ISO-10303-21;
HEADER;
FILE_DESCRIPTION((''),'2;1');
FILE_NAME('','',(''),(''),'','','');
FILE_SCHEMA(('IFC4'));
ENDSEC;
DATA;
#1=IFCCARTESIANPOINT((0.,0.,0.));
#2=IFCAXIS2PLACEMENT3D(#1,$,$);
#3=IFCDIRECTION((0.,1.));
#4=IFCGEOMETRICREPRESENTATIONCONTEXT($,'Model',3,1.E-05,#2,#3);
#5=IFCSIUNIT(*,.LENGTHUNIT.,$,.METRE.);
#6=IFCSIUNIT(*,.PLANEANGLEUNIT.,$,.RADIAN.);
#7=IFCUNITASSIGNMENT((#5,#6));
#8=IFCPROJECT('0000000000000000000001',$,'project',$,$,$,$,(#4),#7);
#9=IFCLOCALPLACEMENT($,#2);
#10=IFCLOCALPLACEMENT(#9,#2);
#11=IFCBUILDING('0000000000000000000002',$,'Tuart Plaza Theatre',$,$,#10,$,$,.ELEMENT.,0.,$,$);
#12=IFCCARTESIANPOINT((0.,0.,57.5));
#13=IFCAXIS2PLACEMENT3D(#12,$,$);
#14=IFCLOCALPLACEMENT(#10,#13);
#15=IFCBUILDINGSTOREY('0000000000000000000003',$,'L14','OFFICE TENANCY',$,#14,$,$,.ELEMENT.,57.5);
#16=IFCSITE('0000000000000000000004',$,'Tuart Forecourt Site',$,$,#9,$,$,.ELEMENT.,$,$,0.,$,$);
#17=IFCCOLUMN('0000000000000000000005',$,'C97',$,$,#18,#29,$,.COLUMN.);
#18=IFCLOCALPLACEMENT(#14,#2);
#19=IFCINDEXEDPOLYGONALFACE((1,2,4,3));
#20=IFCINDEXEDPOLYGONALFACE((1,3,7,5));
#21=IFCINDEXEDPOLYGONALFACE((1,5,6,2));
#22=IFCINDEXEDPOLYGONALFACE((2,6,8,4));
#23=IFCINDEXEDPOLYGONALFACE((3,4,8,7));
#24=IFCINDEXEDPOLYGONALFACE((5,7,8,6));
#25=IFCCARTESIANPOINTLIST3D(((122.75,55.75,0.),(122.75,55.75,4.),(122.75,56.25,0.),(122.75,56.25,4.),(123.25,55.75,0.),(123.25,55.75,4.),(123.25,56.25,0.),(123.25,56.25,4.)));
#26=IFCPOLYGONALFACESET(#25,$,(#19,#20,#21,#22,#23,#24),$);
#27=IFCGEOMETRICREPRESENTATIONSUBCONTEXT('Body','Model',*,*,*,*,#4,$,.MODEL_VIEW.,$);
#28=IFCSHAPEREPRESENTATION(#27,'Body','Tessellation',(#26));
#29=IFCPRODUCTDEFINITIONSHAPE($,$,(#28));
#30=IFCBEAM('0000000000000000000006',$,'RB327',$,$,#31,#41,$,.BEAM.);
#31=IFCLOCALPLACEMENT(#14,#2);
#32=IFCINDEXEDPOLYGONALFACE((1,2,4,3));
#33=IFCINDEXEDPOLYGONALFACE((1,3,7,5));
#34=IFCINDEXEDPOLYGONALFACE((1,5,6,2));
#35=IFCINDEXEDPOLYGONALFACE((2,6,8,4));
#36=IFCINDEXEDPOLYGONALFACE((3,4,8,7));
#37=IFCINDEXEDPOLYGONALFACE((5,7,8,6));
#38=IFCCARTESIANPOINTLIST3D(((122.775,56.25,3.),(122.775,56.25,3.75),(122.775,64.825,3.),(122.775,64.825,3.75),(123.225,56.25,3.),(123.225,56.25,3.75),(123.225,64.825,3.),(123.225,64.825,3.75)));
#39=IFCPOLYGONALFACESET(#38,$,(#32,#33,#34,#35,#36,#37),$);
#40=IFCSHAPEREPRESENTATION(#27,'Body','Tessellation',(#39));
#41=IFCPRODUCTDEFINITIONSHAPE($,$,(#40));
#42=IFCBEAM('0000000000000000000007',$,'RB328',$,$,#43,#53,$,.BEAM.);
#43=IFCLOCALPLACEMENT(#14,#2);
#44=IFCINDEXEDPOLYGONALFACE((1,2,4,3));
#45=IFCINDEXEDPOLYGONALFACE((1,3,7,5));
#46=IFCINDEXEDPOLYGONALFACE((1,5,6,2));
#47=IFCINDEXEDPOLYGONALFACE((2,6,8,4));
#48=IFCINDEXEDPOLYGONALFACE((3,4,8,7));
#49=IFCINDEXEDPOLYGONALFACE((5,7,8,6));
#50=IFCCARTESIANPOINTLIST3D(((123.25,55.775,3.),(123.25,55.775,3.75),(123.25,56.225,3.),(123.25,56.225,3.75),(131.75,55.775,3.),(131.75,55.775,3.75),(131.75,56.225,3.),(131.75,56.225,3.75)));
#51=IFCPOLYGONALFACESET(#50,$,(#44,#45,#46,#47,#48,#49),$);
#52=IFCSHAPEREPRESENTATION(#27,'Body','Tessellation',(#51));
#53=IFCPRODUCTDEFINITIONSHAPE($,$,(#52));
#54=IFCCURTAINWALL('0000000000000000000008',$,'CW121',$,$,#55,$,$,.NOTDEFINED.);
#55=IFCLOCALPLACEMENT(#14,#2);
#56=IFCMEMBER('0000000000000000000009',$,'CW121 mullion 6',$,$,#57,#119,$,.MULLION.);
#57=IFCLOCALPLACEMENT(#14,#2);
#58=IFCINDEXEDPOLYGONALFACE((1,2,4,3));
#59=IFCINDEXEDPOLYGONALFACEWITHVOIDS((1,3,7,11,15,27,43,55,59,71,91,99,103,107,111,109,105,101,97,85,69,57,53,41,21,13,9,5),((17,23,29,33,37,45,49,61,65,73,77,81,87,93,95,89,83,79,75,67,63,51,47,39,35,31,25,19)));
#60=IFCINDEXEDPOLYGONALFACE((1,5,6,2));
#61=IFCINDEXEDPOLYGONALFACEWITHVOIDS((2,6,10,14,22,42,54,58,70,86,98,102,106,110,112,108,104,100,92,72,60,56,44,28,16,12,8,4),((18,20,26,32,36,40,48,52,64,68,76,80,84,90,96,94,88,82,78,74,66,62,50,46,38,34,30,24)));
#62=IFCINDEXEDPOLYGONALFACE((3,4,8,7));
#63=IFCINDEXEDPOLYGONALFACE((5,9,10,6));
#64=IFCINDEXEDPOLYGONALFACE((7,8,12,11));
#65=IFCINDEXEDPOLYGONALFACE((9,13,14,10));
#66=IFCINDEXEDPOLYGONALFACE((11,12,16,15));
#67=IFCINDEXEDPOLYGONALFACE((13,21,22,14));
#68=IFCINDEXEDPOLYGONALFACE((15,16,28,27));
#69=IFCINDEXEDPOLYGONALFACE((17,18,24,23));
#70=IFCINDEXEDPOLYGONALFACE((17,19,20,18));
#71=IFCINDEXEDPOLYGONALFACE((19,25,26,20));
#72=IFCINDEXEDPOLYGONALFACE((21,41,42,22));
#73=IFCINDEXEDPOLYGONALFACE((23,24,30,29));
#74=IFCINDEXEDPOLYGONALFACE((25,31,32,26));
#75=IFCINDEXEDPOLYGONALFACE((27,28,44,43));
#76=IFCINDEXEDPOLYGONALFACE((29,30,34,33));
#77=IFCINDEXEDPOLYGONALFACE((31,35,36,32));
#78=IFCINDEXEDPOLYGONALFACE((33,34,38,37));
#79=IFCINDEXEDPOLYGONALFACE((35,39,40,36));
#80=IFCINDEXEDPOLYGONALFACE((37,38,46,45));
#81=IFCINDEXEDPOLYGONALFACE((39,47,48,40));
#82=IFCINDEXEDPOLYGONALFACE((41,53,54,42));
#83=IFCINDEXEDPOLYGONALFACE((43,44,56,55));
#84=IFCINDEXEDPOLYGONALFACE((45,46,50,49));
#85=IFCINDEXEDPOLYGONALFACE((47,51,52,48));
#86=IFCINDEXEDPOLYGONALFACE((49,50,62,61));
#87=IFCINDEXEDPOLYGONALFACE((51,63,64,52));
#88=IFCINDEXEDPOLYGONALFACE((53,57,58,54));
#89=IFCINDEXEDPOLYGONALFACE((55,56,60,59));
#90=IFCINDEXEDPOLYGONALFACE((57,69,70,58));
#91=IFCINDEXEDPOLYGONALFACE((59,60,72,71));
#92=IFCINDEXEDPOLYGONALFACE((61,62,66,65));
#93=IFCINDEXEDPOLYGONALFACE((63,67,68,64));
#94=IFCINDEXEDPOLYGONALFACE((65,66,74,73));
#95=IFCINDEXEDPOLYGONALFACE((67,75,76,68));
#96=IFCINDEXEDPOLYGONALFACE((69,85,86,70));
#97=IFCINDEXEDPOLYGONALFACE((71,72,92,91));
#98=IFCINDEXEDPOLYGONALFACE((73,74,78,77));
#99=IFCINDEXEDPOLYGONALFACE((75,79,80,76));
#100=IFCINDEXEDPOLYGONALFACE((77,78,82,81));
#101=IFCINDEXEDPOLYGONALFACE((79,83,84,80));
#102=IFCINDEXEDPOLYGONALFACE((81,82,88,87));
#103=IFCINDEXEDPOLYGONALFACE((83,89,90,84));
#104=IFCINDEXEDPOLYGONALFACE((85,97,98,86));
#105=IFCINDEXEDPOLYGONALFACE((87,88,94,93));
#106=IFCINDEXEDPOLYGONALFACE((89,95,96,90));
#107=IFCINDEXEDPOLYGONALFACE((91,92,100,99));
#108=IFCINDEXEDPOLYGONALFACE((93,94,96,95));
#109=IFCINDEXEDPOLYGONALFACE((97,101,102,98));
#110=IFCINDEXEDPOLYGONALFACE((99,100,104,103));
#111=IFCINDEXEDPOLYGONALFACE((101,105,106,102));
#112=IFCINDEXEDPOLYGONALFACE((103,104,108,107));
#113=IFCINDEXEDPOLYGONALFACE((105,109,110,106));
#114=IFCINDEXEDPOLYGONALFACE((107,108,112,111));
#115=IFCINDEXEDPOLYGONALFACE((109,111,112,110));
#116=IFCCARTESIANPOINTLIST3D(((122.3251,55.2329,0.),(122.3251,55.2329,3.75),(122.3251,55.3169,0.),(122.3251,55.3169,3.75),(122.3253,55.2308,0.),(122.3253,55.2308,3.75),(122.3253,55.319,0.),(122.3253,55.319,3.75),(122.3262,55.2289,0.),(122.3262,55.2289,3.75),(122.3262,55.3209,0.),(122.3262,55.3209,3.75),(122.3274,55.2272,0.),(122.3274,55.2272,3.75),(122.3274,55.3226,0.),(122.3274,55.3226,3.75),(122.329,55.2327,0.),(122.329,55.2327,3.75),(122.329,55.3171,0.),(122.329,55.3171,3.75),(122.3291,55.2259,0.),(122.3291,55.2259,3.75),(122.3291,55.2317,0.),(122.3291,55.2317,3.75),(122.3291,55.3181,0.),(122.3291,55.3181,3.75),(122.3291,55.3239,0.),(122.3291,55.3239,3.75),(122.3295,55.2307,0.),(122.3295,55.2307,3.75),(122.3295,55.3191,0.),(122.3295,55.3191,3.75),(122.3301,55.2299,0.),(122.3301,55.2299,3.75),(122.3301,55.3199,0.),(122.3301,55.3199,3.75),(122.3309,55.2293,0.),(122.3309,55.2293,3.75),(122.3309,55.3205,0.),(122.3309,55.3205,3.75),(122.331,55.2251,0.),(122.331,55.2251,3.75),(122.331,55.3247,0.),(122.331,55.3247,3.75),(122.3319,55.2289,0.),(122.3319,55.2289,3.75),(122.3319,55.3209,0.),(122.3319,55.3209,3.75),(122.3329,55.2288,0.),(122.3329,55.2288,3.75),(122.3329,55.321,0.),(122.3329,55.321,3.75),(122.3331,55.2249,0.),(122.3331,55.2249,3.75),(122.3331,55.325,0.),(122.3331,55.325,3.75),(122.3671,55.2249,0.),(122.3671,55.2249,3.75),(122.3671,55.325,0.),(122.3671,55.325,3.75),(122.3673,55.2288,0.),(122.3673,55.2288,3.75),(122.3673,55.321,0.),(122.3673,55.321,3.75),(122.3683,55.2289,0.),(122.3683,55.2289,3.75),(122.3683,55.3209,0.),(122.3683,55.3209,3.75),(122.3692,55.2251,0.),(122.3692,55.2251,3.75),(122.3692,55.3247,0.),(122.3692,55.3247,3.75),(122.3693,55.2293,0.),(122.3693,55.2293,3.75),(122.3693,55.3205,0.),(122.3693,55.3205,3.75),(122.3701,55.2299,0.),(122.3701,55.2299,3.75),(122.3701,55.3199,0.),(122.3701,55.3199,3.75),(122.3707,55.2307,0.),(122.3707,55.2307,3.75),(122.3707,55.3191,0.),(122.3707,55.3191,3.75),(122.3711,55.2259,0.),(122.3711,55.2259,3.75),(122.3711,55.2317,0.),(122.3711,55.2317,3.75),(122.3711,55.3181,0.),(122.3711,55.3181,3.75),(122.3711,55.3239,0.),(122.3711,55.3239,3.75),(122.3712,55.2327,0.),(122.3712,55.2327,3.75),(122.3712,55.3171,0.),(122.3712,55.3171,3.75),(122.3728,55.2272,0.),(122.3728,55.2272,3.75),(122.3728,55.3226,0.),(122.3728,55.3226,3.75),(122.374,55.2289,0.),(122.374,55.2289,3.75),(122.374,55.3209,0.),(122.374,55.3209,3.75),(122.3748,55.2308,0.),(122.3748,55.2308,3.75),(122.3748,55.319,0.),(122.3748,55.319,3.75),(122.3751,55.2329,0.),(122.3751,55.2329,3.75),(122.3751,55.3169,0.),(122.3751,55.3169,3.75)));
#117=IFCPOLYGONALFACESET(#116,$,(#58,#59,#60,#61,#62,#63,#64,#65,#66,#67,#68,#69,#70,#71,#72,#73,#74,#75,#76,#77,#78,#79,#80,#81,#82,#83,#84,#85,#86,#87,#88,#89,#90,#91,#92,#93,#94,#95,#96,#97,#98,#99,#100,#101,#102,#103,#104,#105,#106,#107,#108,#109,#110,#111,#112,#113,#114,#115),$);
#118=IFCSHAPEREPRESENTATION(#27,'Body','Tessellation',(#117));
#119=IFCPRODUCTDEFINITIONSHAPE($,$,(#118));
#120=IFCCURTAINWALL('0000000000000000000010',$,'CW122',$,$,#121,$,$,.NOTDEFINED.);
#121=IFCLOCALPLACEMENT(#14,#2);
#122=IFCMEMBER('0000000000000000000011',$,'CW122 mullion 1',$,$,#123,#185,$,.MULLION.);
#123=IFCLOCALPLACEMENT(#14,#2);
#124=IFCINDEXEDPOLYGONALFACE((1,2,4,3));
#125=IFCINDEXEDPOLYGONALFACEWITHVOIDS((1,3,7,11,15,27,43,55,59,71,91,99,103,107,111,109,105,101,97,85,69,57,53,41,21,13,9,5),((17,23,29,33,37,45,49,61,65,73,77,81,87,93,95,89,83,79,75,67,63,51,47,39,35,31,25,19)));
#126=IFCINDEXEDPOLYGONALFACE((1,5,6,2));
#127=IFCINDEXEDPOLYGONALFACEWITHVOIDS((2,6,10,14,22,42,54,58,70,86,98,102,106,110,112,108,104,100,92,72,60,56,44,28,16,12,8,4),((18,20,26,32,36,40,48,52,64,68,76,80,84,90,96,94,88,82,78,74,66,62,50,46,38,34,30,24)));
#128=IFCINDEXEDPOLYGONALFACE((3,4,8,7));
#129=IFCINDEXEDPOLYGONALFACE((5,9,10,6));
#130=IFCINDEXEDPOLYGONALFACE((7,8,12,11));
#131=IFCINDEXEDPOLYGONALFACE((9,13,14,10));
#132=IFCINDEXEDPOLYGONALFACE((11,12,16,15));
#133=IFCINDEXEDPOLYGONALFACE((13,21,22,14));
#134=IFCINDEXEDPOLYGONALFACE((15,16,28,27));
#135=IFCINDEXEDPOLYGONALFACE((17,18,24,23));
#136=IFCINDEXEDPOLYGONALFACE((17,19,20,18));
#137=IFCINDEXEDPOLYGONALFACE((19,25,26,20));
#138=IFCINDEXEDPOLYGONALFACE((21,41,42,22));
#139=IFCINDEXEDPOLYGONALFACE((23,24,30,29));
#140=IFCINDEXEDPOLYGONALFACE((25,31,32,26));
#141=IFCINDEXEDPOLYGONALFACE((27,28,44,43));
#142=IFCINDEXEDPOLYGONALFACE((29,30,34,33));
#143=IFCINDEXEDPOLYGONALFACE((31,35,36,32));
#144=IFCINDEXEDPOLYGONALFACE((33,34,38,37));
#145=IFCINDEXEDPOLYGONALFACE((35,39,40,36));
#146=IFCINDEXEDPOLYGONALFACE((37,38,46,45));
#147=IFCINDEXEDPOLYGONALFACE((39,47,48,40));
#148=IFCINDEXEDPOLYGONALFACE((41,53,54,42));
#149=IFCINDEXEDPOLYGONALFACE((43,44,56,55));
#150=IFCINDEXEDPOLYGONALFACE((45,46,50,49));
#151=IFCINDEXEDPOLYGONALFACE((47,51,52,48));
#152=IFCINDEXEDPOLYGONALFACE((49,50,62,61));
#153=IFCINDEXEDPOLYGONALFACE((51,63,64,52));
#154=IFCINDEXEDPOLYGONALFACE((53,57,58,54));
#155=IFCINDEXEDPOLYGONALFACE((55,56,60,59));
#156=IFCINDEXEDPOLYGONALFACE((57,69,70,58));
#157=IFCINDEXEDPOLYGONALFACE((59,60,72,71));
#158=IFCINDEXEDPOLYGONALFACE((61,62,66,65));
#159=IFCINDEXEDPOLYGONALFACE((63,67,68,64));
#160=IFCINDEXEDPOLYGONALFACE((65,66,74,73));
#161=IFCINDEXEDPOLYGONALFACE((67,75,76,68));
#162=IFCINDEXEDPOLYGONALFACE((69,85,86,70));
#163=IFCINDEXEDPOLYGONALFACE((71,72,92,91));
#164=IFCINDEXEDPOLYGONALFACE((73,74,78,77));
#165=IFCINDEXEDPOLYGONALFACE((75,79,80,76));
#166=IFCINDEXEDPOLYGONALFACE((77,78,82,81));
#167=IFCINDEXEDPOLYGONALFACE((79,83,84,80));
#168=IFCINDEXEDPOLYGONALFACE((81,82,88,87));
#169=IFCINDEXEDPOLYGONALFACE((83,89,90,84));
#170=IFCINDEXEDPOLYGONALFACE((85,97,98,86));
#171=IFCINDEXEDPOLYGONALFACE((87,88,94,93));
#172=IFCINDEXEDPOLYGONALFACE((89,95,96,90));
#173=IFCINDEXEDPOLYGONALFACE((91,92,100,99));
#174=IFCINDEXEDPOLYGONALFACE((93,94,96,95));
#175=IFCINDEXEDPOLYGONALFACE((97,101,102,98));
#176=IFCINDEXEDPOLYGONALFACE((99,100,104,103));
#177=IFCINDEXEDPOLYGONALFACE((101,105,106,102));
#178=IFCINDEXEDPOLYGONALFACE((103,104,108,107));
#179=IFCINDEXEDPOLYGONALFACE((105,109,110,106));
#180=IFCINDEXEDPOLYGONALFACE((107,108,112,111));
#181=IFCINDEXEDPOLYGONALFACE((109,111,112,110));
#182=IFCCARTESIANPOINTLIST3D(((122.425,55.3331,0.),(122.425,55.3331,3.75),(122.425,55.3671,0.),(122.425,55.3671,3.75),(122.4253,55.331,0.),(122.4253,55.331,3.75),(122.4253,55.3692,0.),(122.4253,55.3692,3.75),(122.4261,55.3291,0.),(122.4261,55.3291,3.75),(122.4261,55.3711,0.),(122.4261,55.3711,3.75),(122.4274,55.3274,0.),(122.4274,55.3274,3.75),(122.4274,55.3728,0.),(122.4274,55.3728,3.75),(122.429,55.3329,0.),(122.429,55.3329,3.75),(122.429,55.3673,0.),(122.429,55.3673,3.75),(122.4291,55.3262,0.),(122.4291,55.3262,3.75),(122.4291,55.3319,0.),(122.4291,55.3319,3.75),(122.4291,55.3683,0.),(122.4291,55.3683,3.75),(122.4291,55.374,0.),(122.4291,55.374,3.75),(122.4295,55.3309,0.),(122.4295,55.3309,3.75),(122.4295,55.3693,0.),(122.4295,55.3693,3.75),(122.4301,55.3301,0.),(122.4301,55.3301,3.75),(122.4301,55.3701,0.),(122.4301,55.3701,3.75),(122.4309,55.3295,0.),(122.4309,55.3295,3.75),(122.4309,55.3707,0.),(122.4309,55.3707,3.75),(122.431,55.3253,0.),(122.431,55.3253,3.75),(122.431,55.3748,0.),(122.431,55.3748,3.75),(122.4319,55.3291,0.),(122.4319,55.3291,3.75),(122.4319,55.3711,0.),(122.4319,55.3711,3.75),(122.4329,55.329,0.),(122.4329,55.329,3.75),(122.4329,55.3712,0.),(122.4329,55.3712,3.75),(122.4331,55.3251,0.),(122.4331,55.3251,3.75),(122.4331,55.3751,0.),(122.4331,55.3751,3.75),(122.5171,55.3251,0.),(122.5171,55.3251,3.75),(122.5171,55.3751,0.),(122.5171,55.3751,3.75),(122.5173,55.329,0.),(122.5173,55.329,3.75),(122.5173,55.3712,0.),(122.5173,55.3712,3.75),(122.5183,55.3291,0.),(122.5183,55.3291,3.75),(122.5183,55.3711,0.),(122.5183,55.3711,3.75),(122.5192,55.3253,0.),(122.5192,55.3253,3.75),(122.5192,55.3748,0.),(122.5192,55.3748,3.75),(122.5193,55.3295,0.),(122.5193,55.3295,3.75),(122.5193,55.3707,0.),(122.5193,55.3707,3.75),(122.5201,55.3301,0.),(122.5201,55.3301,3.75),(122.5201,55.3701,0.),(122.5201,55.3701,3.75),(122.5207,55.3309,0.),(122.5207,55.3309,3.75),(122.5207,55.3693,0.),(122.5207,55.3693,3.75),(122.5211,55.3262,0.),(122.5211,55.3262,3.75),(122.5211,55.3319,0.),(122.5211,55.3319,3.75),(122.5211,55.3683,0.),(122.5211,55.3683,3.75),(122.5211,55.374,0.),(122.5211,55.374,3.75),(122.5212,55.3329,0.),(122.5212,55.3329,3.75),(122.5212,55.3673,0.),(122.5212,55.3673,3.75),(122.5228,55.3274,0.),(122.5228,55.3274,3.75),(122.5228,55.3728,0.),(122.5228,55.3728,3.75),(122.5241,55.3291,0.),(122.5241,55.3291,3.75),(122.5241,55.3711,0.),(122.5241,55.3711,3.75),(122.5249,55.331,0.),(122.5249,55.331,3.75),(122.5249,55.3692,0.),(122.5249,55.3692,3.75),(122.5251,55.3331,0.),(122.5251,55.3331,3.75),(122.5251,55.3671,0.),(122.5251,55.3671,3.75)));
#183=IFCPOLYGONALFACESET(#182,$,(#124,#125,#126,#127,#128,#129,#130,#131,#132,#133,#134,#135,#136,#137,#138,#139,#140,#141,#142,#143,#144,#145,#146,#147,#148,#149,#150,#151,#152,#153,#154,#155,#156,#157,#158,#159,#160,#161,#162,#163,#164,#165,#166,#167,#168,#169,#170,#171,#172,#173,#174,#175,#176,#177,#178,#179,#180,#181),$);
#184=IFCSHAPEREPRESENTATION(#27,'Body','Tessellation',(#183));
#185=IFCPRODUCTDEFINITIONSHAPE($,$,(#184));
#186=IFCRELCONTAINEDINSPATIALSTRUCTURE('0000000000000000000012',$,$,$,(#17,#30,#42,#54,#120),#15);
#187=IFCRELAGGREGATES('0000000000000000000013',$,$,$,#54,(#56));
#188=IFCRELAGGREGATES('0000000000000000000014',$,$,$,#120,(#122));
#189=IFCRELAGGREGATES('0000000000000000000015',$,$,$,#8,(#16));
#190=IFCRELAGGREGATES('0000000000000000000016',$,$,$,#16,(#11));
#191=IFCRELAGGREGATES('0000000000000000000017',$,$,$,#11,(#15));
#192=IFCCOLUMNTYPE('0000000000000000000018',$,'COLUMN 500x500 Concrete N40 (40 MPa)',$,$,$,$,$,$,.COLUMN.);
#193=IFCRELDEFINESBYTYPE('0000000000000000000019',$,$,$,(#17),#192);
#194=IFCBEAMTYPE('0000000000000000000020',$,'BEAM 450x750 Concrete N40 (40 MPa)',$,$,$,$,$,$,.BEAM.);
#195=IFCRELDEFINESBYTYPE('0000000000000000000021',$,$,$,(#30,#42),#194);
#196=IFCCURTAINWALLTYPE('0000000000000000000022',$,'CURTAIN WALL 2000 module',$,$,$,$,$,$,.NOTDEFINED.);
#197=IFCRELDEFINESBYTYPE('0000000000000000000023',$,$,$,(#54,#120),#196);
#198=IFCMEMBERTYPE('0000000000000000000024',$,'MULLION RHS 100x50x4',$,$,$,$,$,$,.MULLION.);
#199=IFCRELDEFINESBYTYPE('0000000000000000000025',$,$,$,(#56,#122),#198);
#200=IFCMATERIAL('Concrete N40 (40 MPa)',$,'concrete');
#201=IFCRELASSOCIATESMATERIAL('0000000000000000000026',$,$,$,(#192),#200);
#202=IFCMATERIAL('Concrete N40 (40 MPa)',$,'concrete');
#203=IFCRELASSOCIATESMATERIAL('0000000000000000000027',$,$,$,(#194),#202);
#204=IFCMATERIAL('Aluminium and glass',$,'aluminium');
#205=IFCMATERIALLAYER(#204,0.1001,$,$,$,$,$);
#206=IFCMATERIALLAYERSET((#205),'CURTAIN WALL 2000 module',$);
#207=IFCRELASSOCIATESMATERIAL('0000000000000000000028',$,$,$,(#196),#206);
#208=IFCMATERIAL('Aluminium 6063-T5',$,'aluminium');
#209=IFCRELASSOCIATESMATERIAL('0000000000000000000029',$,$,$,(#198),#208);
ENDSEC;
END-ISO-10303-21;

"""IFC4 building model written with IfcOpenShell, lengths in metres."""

from ifc_helpers import new_model, si_unit, direction, frame, origin, origin_2d, place, context, subcontext, project, spatial, rectangle, hollow_rectangle, extrude, material, layer, layer_set, material_profile, profile_set, type_object, element, aggregate, save


model = new_model("IFC4")

# Units and contexts
model_context = context("Model", 3, precision=1e-05, world=origin(), true_north=direction((0.0, 1.0)))
body_context = subcontext(model_context, "Body", "Model", "MODEL_VIEW")
ifc_project = project(units=[si_unit("LENGTHUNIT", "METRE"), si_unit("PLANEANGLEUNIT", "RADIAN")], contexts=[model_context])

# Site, building, storey
site_placement = place(None, origin())
site = spatial("IfcSite", under=ifc_project, at=site_placement, Name="Tuart Forecourt Site", CompositionType="ELEMENT", RefElevation=0.0)
building_placement = place(site_placement, origin())
building = spatial("IfcBuilding", under=site, at=building_placement, Name="Tuart Plaza Theatre", CompositionType="ELEMENT", ElevationOfRefHeight=0.0)
storey_placement = place(building_placement, frame((0.0, 0.0, 57.5)))
storey = spatial("IfcBuildingStorey", under=building, at=storey_placement, Name="L14", Description="OFFICE TENANCY", CompositionType="ELEMENT", Elevation=57.5)

# Column
ifc_material_1 = material(Name="Concrete N40 (40 MPa)", Category="concrete")
ifc_material_profile_1 = material_profile(ifc_material_1, rectangle(XDim=0.5, YDim=0.5, at=origin_2d()), Name="COLUMN 500x500 Concrete N40 (40 MPa)")
ifc_profile_set_1 = profile_set([ifc_material_profile_1], Name="Concrete N40 (40 MPa)")
column_type = type_object("IfcColumnType", Name="COLUMN 500x500 Concrete N40 (40 MPa)", PredefinedType="COLUMN", material=ifc_profile_set_1)
column_placement = place(storey_placement, frame((123.0, 56.0, 0.0), z_axis=(0.0, 0.0, 1.0), x_axis=(1.0, 0.0, 0.0)))
element("IfcColumn", 1, at=column_placement, inside=storey, type_object=column_type, Name="C97", PredefinedType="COLUMN", context=body_context, shape_type="SweptSolid", body=[
    extrude(rectangle(XDim=0.5, YDim=0.5, at=origin_2d()), origin(), (0.0, 0.0, 1.0), 4.0),
])

# Beams
ifc_material_2 = material(Name="Concrete N40 (40 MPa)", Category="concrete")
ifc_material_profile_2 = material_profile(ifc_material_2, rectangle(XDim=0.45, YDim=0.75, at=origin_2d()), Name="BEAM 450x750 Concrete N40 (40 MPa)")
ifc_profile_set_2 = profile_set([ifc_material_profile_2], Name="Concrete N40 (40 MPa)")
beam_type = type_object("IfcBeamType", Name="BEAM 450x750 Concrete N40 (40 MPa)", PredefinedType="BEAM", material=ifc_profile_set_2)
beam_1_placement = place(storey_placement, frame((123.0, 56.25, 3.375), z_axis=(0.0, 1.0, 0.0), x_axis=(-1.0, 0.0, 0.0)))
element("IfcBeam", 2, at=beam_1_placement, inside=storey, type_object=beam_type, Name="RB327", PredefinedType="BEAM", context=body_context, shape_type="SweptSolid", body=[
    extrude(rectangle(XDim=0.45, YDim=0.75, at=origin_2d()), origin(), (0.0, 0.0, 1.0), 8.575),
])
beam_2_placement = place(storey_placement, frame((123.25, 56.0, 3.375), z_axis=(1.0, 0.0, 0.0), x_axis=(0.0, 1.0, 0.0)))
element("IfcBeam", 3, at=beam_2_placement, inside=storey, type_object=beam_type, Name="RB328", PredefinedType="BEAM", context=body_context, shape_type="SweptSolid", body=[
    extrude(rectangle(XDim=0.45, YDim=0.75, at=origin_2d()), origin(), (0.0, 0.0, 1.0), 8.5),
])

# Curtain wall, member
ifc_material_3 = material(Name="Aluminium and glass", Category="aluminium")
ifc_layer_1 = layer(ifc_material_3, 0.1001)
ifc_layer_set_1 = layer_set([ifc_layer_1], Name="CURTAIN WALL 2000 module")
curtain_wall_type = type_object("IfcCurtainWallType", Name="CURTAIN WALL 2000 module", PredefinedType="NOTDEFINED", material=ifc_layer_set_1)
curtain_wall_1_placement = place(storey_placement, origin())
curtain_wall_1 = element("IfcCurtainWall", 4, at=curtain_wall_1_placement, inside=storey, type_object=curtain_wall_type, Name="CW121", PredefinedType="NOTDEFINED")
ifc_material_4 = material(Name="Aluminium 6063-T5", Category="aluminium")
ifc_material_profile_3 = material_profile(ifc_material_4, hollow_rectangle(XDim=0.05, YDim=0.1001, WallThickness=0.0039, InnerFilletRadius=0.0039, OuterFilletRadius=0.0081, at=origin_2d()), Name="RHS 100x50x4")
ifc_profile_set_3 = profile_set([ifc_material_profile_3], Name="Aluminium 6063-T5")
member_type_1 = type_object("IfcMemberType", Name="MULLION RHS 100x50x4", PredefinedType="MULLION", material=ifc_profile_set_3)
member_1_placement = place(storey_placement, frame((122.3501, 55.2749, 0.0), z_axis=(0.0, 0.0, 1.0), x_axis=(1.0, 0.0, 0.0)))
member_1 = element("IfcMember", 5, at=member_1_placement, type_object=member_type_1, Name="CW121 mullion 6", PredefinedType="MULLION", context=body_context, shape_type="SweptSolid", body=[
    extrude(hollow_rectangle(XDim=0.05, YDim=0.1001, WallThickness=0.0039, InnerFilletRadius=0.0039, OuterFilletRadius=0.0081, at=origin_2d()), origin(), (0.0, 0.0, 1.0), 3.75),
])

# Curtain wall, member
curtain_wall_2_placement = place(storey_placement, origin())
curtain_wall_2 = element("IfcCurtainWall", 6, at=curtain_wall_2_placement, inside=storey, type_object=curtain_wall_type, Name="CW122", PredefinedType="NOTDEFINED")
member_2_placement = place(storey_placement, frame((122.4751, 55.3501, 0.0), z_axis=(0.0, 0.0, 1.0), x_axis=(0.0, 1.0, 0.0)))
member_2 = element("IfcMember", 7, at=member_2_placement, type_object=member_type_1, Name="CW122 mullion 1", PredefinedType="MULLION", context=body_context, shape_type="SweptSolid", body=[
    extrude(hollow_rectangle(XDim=0.05, YDim=0.1001, WallThickness=0.0039, InnerFilletRadius=0.0039, OuterFilletRadius=0.0081, at=origin_2d()), origin(), (0.0, 0.0, 1.0), 3.75),
])

aggregate(curtain_wall_1, [member_1])
aggregate(curtain_wall_2, [member_2])

save(model, "model.ifc")
